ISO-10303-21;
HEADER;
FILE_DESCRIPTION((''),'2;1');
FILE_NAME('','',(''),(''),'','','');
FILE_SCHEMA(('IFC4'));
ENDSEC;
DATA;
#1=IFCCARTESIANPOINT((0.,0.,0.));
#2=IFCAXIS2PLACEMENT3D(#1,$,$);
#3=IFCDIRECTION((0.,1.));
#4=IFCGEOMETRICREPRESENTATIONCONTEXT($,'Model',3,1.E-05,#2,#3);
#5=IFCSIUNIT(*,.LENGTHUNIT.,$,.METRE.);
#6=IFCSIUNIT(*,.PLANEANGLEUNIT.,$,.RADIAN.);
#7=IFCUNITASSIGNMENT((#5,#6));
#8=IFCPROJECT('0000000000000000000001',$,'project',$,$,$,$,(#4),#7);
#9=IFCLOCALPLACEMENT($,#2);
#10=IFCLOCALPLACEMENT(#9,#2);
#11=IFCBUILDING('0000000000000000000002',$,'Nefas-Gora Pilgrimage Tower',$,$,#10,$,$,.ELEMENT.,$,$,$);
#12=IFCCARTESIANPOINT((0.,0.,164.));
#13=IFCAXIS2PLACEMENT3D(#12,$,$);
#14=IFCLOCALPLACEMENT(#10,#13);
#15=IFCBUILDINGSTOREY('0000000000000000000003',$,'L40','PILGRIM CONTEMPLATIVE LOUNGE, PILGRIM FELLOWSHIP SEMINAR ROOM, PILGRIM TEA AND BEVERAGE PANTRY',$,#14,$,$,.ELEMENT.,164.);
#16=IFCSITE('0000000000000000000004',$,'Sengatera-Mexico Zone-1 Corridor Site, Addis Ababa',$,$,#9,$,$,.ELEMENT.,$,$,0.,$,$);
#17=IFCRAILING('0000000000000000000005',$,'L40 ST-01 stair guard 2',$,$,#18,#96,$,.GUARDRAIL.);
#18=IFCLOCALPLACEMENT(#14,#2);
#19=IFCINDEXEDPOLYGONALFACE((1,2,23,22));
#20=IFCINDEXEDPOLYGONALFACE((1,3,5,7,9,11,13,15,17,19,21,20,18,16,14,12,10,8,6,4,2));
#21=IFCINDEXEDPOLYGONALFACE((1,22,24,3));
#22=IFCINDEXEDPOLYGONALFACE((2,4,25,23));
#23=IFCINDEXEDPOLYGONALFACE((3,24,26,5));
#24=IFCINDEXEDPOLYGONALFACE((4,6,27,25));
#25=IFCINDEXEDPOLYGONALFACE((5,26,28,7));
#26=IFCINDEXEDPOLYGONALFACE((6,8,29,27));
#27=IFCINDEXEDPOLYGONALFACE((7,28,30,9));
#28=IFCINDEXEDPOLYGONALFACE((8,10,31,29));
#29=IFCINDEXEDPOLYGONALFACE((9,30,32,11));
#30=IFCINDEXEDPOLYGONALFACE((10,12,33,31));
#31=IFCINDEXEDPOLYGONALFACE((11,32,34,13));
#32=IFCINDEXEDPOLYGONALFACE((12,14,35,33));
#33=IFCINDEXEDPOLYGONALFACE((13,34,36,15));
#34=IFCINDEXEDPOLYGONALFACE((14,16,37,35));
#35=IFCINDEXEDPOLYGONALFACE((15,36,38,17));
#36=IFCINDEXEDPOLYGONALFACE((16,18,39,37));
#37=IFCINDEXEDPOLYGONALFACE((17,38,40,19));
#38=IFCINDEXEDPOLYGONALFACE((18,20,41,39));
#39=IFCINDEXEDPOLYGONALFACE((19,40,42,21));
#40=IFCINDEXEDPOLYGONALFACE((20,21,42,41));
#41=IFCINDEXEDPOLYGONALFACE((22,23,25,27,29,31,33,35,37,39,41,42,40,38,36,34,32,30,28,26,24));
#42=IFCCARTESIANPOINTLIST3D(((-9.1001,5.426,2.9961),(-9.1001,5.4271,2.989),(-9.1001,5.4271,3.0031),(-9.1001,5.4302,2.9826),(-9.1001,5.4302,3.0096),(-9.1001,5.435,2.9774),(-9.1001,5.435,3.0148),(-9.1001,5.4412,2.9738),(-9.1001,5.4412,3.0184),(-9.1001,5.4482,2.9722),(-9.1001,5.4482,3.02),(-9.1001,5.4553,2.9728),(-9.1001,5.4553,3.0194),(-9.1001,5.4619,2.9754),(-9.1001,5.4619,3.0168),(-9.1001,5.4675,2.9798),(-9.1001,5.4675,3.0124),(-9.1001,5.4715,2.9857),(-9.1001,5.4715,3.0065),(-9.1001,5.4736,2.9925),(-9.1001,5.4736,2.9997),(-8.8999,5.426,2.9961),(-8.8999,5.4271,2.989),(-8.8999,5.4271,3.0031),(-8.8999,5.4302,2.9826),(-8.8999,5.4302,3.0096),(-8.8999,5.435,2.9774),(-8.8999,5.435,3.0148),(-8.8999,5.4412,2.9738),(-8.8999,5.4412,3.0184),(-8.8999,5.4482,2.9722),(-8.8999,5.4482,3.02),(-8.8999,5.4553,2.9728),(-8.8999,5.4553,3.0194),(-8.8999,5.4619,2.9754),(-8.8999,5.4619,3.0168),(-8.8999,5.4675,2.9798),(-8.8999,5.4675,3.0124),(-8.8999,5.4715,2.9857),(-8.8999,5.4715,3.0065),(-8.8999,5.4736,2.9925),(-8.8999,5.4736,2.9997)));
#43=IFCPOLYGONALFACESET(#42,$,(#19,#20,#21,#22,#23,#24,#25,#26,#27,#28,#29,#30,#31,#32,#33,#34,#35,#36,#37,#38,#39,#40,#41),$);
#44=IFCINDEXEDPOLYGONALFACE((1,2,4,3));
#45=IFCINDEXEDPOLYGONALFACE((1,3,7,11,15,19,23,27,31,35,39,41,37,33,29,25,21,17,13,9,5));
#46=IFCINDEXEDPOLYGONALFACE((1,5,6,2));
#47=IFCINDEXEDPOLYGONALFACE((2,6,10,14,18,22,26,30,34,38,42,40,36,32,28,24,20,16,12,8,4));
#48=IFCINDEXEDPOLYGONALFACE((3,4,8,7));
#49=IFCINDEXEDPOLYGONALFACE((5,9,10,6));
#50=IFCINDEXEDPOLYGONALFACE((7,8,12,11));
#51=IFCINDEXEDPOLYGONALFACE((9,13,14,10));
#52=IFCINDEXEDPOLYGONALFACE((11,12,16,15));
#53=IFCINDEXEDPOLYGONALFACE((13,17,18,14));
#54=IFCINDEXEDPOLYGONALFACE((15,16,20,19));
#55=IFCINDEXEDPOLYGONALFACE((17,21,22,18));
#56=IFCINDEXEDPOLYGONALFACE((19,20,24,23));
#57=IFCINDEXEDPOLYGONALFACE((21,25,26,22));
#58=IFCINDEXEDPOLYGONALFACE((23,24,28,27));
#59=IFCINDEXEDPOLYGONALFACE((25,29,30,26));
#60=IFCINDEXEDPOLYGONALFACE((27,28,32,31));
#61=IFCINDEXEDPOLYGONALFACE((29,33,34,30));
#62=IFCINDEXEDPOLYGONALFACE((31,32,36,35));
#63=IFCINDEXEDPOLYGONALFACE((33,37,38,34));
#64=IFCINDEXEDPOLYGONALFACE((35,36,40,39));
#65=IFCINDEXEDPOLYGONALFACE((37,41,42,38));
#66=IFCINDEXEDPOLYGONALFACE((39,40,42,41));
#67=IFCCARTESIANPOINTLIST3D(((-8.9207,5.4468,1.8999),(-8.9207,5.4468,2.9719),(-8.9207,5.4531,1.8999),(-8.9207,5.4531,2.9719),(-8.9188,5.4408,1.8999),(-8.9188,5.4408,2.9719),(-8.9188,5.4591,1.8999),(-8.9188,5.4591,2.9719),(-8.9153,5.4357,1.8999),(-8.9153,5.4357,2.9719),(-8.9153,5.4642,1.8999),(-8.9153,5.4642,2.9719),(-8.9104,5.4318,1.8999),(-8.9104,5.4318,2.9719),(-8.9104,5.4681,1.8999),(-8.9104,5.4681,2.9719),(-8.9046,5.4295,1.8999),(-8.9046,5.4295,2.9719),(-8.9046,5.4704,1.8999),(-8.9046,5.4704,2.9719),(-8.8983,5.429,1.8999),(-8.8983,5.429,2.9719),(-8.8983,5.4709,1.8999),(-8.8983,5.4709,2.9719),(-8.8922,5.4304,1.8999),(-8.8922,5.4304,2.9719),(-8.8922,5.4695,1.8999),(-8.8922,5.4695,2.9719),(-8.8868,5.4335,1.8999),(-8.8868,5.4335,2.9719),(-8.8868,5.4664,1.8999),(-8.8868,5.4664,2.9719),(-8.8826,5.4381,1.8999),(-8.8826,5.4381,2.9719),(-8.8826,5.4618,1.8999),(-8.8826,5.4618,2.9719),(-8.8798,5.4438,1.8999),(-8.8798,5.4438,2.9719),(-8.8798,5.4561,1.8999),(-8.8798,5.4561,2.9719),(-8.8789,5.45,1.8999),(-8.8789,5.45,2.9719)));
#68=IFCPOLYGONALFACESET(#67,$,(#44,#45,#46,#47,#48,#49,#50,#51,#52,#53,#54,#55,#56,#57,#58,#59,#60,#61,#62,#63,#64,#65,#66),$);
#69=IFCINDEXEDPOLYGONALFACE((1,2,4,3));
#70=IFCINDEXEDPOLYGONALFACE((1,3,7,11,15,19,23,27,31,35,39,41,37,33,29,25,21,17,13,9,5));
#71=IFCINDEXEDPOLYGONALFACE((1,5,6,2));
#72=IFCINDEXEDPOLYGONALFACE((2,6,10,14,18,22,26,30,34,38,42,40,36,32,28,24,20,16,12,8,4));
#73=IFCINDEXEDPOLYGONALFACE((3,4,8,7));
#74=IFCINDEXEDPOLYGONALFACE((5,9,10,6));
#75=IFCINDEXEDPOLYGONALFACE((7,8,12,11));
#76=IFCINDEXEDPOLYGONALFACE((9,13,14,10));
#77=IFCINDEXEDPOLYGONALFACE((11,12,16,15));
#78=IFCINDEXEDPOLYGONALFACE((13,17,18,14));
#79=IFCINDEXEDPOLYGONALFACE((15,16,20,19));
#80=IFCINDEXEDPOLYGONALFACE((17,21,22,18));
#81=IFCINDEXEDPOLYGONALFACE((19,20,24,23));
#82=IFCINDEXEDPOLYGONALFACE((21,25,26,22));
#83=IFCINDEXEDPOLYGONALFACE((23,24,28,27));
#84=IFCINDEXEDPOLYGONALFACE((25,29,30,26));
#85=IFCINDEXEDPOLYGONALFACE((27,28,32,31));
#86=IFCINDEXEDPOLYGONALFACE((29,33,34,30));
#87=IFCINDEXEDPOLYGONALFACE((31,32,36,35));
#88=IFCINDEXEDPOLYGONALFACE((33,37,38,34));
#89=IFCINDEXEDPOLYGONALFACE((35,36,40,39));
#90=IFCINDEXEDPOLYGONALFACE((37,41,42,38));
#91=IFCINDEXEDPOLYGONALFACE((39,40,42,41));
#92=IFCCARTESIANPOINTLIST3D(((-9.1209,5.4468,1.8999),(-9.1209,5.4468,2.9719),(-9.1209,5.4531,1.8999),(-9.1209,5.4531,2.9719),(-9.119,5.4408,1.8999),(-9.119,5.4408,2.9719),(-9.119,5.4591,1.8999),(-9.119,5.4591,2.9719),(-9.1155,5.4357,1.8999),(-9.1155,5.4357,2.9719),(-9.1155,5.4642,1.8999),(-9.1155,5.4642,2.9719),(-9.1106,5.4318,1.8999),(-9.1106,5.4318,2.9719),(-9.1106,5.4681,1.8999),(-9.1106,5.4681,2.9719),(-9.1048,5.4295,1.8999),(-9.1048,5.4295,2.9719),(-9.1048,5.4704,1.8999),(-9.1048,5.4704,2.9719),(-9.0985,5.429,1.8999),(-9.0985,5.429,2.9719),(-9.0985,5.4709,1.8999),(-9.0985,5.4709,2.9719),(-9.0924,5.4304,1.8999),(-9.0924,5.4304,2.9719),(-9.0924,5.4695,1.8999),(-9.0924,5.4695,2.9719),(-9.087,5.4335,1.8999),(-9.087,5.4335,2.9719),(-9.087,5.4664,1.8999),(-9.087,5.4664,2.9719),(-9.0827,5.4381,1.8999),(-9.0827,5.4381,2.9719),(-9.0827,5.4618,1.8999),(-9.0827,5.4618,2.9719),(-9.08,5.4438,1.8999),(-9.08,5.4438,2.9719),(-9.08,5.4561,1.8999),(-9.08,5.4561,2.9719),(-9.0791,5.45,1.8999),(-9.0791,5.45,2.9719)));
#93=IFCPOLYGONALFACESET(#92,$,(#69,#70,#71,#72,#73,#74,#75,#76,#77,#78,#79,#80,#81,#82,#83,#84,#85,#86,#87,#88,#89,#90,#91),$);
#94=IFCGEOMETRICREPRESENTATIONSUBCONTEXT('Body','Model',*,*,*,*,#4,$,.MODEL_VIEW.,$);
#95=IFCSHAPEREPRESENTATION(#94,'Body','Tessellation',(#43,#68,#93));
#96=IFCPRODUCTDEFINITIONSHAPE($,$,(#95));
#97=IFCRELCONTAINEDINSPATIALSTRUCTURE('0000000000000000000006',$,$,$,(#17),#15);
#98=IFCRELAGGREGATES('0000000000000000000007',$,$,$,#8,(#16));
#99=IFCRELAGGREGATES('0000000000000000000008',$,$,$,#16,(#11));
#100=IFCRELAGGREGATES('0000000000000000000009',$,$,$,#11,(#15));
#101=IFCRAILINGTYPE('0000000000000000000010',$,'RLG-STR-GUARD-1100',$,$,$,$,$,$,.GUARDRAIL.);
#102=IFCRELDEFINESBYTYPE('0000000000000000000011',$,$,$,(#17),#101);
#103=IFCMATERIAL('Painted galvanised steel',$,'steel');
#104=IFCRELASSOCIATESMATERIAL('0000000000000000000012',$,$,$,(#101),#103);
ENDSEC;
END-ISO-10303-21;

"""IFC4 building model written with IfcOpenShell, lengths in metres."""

from ifc_helpers import new_model, si_unit, direction, frame, origin, origin_2d, place, context, subcontext, project, spatial, circle, extrude, material, type_object, element, save


model = new_model("IFC4")

# Units and contexts
model_context = context("Model", 3, precision=1e-05, world=origin(), true_north=direction((0.0, 1.0)))
body_context = subcontext(model_context, "Body", "Model", "MODEL_VIEW")
ifc_project = project(units=[si_unit("LENGTHUNIT", "METRE"), si_unit("PLANEANGLEUNIT", "RADIAN")], contexts=[model_context])

# Site, building, storey
site_placement = place(None, origin())
site = spatial("IfcSite", under=ifc_project, at=site_placement, Name="Sengatera-Mexico Zone-1 Corridor Site, Addis Ababa", CompositionType="ELEMENT", RefElevation=0.0)
building_placement = place(site_placement, origin())
building = spatial("IfcBuilding", under=site, at=building_placement, Name="Nefas-Gora Pilgrimage Tower", CompositionType="ELEMENT")
storey_placement = place(building_placement, frame((0.0, 0.0, 164.0)))
storey = spatial("IfcBuildingStorey", under=building, at=storey_placement, Name="L40", Description="PILGRIM CONTEMPLATIVE LOUNGE, PILGRIM FELLOWSHIP SEMINAR ROOM, PILGRIM TEA AND BEVERAGE PANTRY", CompositionType="ELEMENT", Elevation=164.0)

# Railing
ifc_material_1 = material(Name="Painted galvanised steel", Category="steel")
railing_type_1 = type_object("IfcRailingType", Name="RLG-STR-GUARD-1100", PredefinedType="GUARDRAIL", material=ifc_material_1)
railing_1_placement = place(storey_placement, frame((-8.8999, 5.45, 1.8999)))
element("IfcRailing", 1, at=railing_1_placement, inside=storey, type_object=railing_type_1, Name="L40 ST-01 stair guard 2", PredefinedType="GUARDRAIL", context=body_context, shape_type="SweptSolid", body=[
    extrude(circle(Radius=0.0239, at=origin_2d()), frame((0.0, 0.0, 1.0962), z_axis=(-1.0, 0.0, 0.0), x_axis=(0.0, -1.0, 0.0)), (0.0, 0.0, 1.0), 0.2002),
    extrude(circle(Radius=0.021, at=origin_2d()), origin(), (0.0, 0.0, 1.0), 1.072),
    extrude(circle(Radius=0.021, at=origin_2d()), frame((-0.2002, 0.0, 0.0)), (0.0, 0.0, 1.0), 1.072),
])

save(model, "model.ifc")
